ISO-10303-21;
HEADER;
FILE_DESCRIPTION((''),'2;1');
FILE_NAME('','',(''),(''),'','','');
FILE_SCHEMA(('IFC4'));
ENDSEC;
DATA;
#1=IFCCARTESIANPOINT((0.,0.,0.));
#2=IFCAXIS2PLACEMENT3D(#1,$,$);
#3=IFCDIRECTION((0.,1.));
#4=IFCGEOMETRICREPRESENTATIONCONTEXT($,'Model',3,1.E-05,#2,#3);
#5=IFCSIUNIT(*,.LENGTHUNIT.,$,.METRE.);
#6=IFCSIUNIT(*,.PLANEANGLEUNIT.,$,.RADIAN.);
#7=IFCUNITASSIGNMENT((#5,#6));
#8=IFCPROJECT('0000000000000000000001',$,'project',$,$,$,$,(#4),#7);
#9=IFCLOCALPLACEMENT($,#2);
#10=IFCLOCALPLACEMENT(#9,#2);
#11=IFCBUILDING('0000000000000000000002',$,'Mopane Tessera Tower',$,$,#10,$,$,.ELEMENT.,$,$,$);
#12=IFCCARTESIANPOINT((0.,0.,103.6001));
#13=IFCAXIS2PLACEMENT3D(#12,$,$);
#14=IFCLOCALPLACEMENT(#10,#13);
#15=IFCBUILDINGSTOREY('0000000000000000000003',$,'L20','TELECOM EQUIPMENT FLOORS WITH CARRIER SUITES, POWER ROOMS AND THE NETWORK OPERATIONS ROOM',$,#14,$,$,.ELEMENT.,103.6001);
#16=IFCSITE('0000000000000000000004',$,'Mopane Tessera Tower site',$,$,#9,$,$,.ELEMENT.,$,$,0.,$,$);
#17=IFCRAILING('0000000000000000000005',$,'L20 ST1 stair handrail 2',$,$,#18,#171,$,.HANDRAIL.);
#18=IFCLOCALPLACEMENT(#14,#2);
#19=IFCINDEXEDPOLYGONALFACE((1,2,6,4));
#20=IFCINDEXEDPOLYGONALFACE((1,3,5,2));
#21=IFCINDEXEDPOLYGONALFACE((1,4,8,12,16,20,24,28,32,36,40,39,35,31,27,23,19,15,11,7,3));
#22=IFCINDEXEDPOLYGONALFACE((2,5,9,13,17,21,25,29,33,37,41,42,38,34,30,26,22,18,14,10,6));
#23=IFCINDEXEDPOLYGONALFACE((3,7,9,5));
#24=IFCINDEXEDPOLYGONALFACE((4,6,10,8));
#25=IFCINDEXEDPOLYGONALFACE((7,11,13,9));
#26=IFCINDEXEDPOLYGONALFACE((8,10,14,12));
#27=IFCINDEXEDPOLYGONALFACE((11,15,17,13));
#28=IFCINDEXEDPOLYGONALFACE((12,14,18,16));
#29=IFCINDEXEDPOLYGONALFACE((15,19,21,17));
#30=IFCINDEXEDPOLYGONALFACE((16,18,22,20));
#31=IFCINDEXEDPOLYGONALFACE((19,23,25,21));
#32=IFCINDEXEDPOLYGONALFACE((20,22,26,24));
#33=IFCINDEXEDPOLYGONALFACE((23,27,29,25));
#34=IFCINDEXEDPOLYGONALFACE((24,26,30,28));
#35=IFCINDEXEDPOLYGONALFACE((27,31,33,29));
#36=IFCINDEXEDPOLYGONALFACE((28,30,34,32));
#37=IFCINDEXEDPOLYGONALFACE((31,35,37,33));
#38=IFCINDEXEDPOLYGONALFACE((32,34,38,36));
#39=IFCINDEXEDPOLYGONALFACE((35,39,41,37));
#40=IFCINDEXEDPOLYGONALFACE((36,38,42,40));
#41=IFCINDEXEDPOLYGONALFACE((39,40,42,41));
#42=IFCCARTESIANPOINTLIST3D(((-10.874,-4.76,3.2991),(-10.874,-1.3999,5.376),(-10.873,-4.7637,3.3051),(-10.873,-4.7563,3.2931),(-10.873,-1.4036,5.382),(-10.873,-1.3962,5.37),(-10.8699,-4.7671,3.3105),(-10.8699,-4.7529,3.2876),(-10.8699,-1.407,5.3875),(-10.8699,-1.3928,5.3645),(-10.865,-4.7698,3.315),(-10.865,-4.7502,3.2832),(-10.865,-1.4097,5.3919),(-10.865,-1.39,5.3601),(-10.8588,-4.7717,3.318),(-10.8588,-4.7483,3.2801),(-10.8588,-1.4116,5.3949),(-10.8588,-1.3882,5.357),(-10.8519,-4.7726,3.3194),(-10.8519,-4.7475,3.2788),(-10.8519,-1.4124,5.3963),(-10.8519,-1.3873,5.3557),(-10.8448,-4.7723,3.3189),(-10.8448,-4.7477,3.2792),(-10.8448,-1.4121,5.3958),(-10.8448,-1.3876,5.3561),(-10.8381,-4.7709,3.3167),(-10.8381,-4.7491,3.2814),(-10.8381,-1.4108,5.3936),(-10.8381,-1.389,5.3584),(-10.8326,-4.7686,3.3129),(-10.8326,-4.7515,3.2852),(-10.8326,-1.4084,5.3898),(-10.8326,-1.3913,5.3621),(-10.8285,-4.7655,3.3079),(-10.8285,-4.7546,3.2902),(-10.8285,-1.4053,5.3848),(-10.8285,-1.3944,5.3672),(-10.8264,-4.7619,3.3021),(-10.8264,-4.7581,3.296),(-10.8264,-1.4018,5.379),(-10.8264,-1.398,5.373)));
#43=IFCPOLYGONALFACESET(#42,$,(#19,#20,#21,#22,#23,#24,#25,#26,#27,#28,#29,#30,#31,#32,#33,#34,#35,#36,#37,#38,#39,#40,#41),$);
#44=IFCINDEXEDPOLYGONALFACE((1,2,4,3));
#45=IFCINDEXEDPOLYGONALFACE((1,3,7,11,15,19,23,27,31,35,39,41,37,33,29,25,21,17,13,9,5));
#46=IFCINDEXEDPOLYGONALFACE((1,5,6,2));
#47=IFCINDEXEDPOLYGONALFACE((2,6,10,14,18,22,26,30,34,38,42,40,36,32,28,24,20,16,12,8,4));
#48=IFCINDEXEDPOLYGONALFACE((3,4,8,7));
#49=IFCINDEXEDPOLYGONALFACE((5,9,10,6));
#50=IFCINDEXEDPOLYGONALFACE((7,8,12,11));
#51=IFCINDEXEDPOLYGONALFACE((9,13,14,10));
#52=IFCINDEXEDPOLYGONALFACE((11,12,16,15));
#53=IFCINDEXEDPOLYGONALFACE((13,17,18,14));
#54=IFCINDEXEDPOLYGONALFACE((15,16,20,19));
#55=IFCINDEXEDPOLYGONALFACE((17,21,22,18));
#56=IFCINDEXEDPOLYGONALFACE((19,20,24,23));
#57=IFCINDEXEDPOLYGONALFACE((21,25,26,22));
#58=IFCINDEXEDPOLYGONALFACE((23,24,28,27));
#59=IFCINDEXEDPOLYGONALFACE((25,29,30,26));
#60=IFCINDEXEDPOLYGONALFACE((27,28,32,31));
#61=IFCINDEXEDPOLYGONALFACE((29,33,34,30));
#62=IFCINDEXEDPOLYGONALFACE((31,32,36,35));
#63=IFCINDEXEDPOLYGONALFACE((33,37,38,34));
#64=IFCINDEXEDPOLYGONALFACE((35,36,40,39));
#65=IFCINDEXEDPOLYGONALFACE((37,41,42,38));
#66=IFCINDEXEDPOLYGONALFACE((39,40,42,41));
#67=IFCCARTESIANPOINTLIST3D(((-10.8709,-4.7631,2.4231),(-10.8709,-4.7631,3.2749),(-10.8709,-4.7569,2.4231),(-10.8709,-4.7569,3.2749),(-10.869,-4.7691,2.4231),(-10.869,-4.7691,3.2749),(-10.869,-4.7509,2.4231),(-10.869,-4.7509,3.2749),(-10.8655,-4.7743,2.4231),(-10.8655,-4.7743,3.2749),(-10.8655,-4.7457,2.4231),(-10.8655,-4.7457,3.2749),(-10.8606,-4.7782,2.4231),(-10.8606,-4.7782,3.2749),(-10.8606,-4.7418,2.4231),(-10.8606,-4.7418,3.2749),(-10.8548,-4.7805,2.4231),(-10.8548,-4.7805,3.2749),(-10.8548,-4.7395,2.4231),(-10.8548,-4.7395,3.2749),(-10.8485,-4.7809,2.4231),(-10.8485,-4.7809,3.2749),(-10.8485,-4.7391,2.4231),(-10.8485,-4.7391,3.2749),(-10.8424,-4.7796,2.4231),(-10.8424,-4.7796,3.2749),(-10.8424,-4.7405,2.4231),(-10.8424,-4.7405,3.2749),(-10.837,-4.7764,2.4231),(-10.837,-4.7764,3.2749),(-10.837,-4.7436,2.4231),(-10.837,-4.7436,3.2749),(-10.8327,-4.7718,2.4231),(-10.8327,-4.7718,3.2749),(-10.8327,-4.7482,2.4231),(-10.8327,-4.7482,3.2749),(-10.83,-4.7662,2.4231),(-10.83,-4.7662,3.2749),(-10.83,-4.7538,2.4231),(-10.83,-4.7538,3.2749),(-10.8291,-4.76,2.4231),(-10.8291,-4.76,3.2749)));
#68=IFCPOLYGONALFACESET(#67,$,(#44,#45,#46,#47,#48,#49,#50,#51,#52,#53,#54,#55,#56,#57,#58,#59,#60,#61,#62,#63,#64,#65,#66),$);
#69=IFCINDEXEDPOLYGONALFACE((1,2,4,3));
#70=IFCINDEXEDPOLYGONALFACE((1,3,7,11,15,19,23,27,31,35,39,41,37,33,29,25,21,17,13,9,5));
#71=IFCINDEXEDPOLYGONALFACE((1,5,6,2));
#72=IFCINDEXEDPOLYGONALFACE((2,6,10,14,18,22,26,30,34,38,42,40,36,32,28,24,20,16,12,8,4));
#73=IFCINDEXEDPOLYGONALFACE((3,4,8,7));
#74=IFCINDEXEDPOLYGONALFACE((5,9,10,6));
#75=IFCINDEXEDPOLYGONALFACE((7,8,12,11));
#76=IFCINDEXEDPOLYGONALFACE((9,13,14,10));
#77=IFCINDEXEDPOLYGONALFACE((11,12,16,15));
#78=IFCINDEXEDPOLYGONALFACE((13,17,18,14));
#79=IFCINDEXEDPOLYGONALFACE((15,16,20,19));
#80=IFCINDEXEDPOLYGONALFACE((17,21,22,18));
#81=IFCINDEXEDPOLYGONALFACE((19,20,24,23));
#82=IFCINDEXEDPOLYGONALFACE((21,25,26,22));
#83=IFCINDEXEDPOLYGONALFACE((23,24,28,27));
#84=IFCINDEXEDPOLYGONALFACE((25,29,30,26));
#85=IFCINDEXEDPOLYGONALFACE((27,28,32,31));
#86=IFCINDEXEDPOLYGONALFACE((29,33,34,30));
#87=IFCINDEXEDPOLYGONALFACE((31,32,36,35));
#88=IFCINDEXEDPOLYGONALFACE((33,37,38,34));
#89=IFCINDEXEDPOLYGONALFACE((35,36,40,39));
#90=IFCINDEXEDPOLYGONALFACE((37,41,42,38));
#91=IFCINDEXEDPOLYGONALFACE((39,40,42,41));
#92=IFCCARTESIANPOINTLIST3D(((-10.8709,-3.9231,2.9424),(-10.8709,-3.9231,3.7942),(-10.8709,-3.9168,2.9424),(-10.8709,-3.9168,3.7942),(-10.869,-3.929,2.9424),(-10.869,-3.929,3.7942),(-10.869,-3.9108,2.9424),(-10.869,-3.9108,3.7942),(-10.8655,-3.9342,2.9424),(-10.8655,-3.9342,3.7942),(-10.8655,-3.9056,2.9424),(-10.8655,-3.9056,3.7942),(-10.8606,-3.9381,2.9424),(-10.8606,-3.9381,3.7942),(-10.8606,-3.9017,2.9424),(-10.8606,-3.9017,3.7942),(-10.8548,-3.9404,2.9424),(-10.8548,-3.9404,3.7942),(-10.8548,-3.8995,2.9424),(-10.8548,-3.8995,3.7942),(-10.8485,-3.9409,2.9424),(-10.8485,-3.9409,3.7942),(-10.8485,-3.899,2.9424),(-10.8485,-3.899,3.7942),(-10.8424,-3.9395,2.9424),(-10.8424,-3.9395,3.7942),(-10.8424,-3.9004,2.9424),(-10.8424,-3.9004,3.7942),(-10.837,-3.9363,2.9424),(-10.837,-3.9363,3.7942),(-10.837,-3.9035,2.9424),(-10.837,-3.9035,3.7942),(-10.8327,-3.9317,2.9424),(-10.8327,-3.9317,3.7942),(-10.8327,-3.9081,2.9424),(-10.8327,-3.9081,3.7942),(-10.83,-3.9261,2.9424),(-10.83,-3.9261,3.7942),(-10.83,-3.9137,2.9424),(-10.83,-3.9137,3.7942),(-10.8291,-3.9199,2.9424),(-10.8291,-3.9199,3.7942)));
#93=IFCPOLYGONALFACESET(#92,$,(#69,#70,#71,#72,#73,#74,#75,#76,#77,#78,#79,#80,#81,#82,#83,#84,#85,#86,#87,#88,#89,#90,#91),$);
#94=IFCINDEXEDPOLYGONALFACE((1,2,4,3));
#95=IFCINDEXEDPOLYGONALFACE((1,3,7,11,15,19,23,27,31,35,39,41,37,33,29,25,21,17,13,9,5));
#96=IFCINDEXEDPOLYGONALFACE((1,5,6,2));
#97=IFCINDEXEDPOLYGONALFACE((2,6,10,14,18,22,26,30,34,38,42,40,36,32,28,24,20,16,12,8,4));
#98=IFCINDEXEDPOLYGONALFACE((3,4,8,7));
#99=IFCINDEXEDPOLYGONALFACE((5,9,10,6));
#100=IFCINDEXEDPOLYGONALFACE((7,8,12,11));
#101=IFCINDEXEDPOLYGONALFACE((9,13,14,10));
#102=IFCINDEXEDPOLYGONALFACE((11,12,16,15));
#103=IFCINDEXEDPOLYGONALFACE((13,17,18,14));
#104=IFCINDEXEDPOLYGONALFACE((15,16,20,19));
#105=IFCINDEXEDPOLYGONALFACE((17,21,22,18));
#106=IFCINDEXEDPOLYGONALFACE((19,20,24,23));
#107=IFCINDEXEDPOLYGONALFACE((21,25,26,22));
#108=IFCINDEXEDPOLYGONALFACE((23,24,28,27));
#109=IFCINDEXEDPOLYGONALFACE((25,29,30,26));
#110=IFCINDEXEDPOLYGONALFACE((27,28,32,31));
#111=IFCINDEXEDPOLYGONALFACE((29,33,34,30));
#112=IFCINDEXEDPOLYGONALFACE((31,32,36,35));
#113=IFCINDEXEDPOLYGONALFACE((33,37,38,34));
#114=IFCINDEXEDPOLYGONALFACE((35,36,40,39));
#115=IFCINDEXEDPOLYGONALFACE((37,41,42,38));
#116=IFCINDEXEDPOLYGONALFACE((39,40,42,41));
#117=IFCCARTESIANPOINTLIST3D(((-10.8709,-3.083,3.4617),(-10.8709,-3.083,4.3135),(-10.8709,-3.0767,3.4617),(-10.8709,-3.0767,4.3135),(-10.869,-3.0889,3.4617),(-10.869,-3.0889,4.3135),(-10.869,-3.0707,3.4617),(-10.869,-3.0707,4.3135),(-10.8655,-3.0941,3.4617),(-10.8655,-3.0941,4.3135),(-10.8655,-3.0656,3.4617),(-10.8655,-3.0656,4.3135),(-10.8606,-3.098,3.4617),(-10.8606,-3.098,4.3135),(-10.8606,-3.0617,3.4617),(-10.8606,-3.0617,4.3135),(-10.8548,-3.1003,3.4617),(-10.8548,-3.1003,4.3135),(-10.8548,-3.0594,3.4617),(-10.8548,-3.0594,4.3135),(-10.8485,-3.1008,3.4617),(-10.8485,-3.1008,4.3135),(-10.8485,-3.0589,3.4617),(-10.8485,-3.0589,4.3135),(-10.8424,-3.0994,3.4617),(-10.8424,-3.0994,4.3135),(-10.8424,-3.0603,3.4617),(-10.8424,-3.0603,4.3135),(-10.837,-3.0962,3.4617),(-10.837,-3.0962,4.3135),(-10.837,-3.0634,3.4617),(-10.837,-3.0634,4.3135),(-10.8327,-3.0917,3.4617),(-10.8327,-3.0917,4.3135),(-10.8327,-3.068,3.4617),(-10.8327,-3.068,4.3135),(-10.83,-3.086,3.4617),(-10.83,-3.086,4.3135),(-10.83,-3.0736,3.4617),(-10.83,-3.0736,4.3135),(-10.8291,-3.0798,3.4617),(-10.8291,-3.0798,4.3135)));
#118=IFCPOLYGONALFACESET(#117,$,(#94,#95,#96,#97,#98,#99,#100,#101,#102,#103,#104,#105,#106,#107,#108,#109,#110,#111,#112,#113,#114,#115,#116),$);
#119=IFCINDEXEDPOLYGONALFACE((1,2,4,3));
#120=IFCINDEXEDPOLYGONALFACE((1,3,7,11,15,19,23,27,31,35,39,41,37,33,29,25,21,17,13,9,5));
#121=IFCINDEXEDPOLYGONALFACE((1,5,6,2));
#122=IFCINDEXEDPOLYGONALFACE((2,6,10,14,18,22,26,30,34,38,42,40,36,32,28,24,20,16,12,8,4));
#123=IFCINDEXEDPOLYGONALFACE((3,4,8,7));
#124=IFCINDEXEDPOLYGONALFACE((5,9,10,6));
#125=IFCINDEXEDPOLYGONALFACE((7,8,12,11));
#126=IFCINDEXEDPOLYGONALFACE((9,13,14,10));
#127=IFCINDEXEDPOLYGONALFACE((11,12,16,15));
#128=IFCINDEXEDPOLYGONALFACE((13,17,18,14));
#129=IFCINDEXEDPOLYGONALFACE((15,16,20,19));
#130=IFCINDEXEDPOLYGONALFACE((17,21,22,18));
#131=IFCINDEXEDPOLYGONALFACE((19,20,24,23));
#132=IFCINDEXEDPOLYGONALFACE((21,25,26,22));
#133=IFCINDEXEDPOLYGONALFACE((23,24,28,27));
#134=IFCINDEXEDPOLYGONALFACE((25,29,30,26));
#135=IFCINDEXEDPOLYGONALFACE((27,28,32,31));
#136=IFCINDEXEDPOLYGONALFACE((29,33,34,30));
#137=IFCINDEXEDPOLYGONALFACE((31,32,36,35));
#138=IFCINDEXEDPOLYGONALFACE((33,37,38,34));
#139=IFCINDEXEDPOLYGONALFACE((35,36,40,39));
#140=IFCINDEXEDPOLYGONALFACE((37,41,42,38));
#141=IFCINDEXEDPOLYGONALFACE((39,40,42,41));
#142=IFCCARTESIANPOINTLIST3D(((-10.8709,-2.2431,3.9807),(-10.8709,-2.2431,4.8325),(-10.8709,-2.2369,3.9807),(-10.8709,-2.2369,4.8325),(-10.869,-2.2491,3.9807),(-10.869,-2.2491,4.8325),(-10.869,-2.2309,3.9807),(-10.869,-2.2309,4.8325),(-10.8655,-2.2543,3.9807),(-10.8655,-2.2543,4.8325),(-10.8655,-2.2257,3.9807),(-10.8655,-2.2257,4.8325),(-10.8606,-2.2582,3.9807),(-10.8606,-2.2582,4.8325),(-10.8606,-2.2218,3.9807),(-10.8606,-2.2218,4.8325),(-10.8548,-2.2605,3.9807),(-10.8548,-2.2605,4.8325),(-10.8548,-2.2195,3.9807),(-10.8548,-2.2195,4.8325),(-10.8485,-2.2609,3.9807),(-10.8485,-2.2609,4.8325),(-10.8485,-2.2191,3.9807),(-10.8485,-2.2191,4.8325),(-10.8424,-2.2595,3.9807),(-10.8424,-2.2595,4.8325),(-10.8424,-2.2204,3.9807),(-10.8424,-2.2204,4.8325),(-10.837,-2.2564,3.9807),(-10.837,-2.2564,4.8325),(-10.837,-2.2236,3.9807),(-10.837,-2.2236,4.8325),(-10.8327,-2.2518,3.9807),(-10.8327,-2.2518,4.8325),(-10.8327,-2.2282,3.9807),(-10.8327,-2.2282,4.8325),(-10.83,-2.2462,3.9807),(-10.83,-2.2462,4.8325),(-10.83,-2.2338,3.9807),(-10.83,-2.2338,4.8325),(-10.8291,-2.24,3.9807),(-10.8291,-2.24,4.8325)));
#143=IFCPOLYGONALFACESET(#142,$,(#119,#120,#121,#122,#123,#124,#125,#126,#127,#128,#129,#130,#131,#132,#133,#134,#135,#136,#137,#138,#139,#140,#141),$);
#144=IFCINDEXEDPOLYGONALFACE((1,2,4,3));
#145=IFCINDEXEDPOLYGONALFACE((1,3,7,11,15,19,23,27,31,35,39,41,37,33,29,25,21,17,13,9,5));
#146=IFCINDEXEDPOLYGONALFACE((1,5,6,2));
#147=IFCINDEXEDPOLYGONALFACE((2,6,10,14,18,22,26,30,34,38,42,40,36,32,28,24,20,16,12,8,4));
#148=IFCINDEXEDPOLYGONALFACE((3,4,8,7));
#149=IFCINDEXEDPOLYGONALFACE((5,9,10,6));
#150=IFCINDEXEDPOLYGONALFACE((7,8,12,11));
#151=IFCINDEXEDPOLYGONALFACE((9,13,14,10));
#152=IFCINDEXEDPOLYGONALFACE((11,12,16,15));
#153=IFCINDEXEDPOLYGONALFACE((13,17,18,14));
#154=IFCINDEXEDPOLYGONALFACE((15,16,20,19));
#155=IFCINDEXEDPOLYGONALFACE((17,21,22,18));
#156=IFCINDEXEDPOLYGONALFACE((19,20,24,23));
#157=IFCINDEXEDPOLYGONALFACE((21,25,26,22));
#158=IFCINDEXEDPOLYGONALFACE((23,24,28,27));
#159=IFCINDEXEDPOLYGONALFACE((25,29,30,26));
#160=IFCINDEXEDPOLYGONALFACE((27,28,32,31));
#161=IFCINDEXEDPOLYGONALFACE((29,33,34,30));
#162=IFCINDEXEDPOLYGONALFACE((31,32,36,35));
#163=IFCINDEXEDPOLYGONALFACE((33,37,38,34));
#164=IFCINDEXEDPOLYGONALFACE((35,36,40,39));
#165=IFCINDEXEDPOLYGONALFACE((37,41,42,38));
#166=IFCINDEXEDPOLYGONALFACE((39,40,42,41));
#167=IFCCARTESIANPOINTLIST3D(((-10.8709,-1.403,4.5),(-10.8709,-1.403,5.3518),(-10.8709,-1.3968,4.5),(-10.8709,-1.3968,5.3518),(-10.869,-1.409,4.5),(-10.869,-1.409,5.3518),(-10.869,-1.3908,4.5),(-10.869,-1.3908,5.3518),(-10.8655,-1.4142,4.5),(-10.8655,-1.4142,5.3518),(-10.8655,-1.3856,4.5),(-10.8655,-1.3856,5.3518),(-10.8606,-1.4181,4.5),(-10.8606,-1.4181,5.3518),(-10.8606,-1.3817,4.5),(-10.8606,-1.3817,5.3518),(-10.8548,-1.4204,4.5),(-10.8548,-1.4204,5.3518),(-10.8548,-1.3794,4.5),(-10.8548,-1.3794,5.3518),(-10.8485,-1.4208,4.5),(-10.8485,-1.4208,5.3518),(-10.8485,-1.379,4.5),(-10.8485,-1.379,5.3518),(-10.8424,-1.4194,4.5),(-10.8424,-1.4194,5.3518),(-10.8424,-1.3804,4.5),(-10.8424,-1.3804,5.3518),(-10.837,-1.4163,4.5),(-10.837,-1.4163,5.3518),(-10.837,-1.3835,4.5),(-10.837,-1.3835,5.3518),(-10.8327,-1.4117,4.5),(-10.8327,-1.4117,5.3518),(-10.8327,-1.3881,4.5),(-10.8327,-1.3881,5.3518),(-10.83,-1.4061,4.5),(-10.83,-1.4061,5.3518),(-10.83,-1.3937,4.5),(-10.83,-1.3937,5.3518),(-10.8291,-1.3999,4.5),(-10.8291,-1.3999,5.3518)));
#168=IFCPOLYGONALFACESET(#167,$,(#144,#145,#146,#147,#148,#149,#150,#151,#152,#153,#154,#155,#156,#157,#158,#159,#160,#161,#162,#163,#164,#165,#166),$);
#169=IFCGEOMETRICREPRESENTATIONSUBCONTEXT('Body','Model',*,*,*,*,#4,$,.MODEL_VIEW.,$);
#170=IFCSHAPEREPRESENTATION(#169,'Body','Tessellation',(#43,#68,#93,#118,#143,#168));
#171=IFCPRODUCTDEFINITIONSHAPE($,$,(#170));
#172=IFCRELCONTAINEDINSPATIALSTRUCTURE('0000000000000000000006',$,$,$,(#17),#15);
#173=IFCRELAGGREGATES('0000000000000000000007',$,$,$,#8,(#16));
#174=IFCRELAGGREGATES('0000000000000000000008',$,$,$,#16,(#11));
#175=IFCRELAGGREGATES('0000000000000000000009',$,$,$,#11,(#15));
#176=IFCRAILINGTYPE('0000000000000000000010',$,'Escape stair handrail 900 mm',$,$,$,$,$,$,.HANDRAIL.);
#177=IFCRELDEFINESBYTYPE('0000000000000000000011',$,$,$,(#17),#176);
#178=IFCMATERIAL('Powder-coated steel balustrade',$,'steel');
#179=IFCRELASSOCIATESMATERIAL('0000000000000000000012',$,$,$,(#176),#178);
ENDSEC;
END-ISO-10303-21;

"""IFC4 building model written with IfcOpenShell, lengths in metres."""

from ifc_helpers import new_model, si_unit, direction, frame, origin, origin_2d, place, context, subcontext, project, spatial, circle, extrude, material, type_object, element, save


model = new_model("IFC4")

# Units and contexts
model_context = context("Model", 3, precision=1e-05, world=origin(), true_north=direction((0.0, 1.0)))
body_context = subcontext(model_context, "Body", "Model", "MODEL_VIEW")
ifc_project = project(units=[si_unit("LENGTHUNIT", "METRE"), si_unit("PLANEANGLEUNIT", "RADIAN")], contexts=[model_context])

# Site, building, storey
site_placement = place(None, origin())
site = spatial("IfcSite", under=ifc_project, at=site_placement, Name="Mopane Tessera Tower site", CompositionType="ELEMENT", RefElevation=0.0)
building_placement = place(site_placement, origin())
building = spatial("IfcBuilding", under=site, at=building_placement, Name="Mopane Tessera Tower", CompositionType="ELEMENT")
storey_placement = place(building_placement, frame((0.0, 0.0, 103.6001)))
storey = spatial("IfcBuildingStorey", under=building, at=storey_placement, Name="L20", Description="TELECOM EQUIPMENT FLOORS WITH CARRIER SUITES, POWER ROOMS AND THE NETWORK OPERATIONS ROOM", CompositionType="ELEMENT", Elevation=103.6001)

# Railing
ifc_material_1 = material(Name="Powder-coated steel balustrade", Category="steel")
railing_type_1 = type_object("IfcRailingType", Name="Escape stair handrail 900 mm", PredefinedType="HANDRAIL", material=ifc_material_1)
railing_1_placement = place(storey_placement, frame((-10.8501, -4.76, 2.4231)))
element("IfcRailing", 1, at=railing_1_placement, inside=storey, type_object=railing_type_1, Name="L20 ST1 stair handrail 2", PredefinedType="HANDRAIL", context=body_context, shape_type="SweptSolid", body=[
    extrude(circle(Radius=0.0239, at=origin_2d()), frame((0.0, 0.0, 0.876), z_axis=(0.0, 0.850623, 0.525776), x_axis=(-1.0, 0.0, 0.0)), (0.0, 0.0, 1.0), 3.9502),
    extrude(circle(Radius=0.021, at=origin_2d()), origin(), (0.0, 0.0, 1.0), 0.8518),
    extrude(circle(Radius=0.021, at=origin_2d()), frame((0.0, 0.8401, 0.5193)), (0.0, 0.0, 1.0), 0.8518),
    extrude(circle(Radius=0.021, at=origin_2d()), frame((0.0, 1.6802, 1.0386)), (0.0, 0.0, 1.0), 0.8518),
    extrude(circle(Radius=0.021, at=origin_2d()), frame((0.0, 2.52, 1.5576)), (0.0, 0.0, 1.0), 0.8518),
    extrude(circle(Radius=0.021, at=origin_2d()), frame((0.0, 3.3601, 2.0769)), (0.0, 0.0, 1.0), 0.8518),
])

save(model, "model.ifc")
